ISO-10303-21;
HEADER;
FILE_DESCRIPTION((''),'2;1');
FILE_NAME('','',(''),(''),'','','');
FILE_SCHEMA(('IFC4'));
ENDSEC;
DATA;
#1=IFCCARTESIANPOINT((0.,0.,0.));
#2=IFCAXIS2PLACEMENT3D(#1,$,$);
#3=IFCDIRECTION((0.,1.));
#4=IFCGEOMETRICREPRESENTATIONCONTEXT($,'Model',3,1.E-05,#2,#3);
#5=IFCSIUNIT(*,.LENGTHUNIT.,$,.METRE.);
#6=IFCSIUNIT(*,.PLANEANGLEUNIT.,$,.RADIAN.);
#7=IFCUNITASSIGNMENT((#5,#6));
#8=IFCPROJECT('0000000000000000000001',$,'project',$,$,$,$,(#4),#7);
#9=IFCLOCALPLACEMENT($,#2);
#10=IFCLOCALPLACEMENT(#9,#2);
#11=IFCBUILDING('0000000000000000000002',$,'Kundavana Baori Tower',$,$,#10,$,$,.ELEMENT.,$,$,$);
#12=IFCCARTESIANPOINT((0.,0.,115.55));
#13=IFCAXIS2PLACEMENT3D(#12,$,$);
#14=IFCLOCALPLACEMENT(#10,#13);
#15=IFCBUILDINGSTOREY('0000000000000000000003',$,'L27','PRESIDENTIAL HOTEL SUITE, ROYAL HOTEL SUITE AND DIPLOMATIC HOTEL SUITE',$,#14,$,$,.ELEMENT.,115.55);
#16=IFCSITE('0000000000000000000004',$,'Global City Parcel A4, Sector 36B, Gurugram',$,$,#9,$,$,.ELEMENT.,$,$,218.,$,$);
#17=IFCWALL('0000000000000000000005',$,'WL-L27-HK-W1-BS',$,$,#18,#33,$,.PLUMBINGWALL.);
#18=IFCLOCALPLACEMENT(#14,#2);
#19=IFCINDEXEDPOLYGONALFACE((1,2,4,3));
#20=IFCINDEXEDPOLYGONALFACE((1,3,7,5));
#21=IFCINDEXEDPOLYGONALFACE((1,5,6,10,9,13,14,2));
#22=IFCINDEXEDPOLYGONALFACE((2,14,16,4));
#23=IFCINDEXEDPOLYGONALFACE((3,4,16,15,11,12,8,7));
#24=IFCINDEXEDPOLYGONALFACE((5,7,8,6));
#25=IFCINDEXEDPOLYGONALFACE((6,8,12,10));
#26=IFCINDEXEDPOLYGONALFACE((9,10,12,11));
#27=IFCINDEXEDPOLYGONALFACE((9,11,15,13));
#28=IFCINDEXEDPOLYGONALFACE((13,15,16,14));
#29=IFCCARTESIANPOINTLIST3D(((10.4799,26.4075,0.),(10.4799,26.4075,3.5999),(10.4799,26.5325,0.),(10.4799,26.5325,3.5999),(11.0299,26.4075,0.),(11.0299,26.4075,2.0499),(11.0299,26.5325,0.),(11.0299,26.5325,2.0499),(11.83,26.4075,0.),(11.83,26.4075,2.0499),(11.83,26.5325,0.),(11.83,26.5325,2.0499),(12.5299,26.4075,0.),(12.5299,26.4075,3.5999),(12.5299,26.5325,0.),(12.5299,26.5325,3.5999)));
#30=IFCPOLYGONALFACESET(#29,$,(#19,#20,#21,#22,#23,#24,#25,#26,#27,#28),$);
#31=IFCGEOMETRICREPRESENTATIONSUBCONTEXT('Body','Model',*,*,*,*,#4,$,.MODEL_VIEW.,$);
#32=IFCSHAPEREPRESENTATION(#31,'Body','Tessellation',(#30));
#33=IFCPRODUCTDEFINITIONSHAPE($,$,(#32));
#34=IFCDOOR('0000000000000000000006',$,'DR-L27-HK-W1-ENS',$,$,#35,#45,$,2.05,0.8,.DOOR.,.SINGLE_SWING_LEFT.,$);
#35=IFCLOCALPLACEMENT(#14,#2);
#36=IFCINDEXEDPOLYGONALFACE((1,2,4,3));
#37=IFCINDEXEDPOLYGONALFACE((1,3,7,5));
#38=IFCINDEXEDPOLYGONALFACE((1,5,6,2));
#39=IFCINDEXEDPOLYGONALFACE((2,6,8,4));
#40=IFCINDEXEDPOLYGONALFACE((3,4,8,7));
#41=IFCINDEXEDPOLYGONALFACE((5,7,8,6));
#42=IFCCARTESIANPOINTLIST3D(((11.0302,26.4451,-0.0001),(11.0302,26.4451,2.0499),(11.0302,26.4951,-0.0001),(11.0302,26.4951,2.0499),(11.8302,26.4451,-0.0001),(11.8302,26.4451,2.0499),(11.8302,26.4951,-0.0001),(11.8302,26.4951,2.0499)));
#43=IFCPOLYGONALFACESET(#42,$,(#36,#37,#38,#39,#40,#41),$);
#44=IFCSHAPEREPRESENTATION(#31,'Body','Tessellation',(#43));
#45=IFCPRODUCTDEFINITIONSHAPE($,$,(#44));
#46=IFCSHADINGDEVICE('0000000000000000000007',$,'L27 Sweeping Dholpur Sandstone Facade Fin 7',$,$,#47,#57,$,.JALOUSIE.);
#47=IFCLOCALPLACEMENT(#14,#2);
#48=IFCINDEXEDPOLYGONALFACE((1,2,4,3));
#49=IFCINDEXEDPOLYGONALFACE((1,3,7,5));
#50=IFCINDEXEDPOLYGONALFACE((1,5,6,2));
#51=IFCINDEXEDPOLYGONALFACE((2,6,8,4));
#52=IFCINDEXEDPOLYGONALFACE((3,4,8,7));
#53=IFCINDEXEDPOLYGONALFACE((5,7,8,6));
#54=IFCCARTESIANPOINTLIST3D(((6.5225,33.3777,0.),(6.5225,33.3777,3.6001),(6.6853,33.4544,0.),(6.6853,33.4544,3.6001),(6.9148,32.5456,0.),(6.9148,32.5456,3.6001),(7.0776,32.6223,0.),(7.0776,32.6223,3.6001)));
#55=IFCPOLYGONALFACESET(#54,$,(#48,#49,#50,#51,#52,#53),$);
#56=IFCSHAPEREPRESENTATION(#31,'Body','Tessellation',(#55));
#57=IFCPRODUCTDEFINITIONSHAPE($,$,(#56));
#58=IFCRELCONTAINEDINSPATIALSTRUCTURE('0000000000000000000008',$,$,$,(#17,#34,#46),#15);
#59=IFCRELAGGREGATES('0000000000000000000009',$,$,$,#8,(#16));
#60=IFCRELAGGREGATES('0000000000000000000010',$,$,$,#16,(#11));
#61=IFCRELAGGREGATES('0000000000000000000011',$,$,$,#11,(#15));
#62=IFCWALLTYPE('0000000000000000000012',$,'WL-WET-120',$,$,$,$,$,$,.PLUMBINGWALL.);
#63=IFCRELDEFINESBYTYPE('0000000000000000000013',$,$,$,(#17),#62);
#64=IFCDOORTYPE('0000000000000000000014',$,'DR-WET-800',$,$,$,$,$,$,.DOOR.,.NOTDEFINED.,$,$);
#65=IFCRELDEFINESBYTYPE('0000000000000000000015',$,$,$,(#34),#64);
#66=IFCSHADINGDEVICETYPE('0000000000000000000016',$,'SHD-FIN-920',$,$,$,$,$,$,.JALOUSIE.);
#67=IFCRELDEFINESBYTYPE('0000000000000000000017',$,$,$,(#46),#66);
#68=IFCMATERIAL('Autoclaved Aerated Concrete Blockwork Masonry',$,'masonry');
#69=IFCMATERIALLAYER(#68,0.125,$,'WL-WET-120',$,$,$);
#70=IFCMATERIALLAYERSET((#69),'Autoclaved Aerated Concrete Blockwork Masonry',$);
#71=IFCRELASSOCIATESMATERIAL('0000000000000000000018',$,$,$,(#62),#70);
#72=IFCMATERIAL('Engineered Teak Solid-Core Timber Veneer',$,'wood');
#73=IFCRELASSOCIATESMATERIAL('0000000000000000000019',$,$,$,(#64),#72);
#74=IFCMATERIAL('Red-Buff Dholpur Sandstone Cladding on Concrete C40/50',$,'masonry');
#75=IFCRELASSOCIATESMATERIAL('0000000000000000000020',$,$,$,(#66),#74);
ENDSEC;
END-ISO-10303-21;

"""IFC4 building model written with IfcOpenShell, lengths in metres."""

from ifc_helpers import new_model, si_unit, direction, frame, frame_2d, origin, origin_2d, place, context, subcontext, project, spatial, rectangle, extrude, material, layer, layer_set, type_object, element, fill, save


model = new_model("IFC4")

# Units and contexts
model_context = context("Model", 3, precision=1e-05, world=origin(), true_north=direction((0.0, 1.0)))
body_context = subcontext(model_context, "Body", "Model", "MODEL_VIEW")
ifc_project = project(units=[si_unit("LENGTHUNIT", "METRE"), si_unit("PLANEANGLEUNIT", "RADIAN")], contexts=[model_context])

# Site, building, storey
site_placement = place(None, origin())
site = spatial("IfcSite", under=ifc_project, at=site_placement, Name="Global City Parcel A4, Sector 36B, Gurugram", CompositionType="ELEMENT", RefElevation=218.0)
building_placement = place(site_placement, origin())
building = spatial("IfcBuilding", under=site, at=building_placement, Name="Kundavana Baori Tower", CompositionType="ELEMENT")
storey_placement = place(building_placement, frame((0.0, 0.0, 115.55)))
storey = spatial("IfcBuildingStorey", under=building, at=storey_placement, Name="L27", Description="PRESIDENTIAL HOTEL SUITE, ROYAL HOTEL SUITE AND DIPLOMATIC HOTEL SUITE", CompositionType="ELEMENT", Elevation=115.55)

# Shared definitions
ifc_material_1 = material(Name="Autoclaved Aerated Concrete Blockwork Masonry", Category="masonry")
ifc_layer_1 = layer(ifc_material_1, 0.125, Name="WL-WET-120")
ifc_layer_set_1 = layer_set([ifc_layer_1], Name="Autoclaved Aerated Concrete Blockwork Masonry")
wall_type_1 = type_object("IfcWallType", Name="WL-WET-120", PredefinedType="PLUMBINGWALL", material=ifc_layer_set_1)

# Wall, opening, door
wall_1_placement = place(storey_placement, frame((10.48, 26.47, 0.0), z_axis=(0.0, 0.0, 1.0), x_axis=(1.0, 0.0, 0.0)))
wall_1 = element("IfcWall", 1, at=wall_1_placement, inside=storey, type_object=wall_type_1, Name="WL-L27-HK-W1-BS", PredefinedType="PLUMBINGWALL", context=body_context, shape_type="SweptSolid", body=[
    extrude(rectangle(XDim=2.05, YDim=0.125, at=frame_2d((1.0249, 0.0))), origin(), (0.0, 0.0, 1.0), 3.5999),
])
opening_1_placement = place(wall_1_placement, frame((0.55, 0.0, 0.0)))
opening_1 = element("IfcOpeningElement", 2, at=opening_1_placement, cuts=wall_1, PredefinedType="OPENING", context=body_context, shape_type="SweptSolid", body=[
    extrude(rectangle(XDim=0.8, YDim=2.05, at=frame_2d((0.3999, 1.0249))), frame((0.0, 0.0725, 0.0), z_axis=(0.0, -1.0, 0.0), x_axis=(1.0, 0.0, 0.0)), (0.0, 0.0, 1.0), 0.145),
])
ifc_material_2 = material(Name="Engineered Teak Solid-Core Timber Veneer", Category="wood")
door_type_1 = type_object("IfcDoorType", Name="DR-WET-800", OperationType="NOTDEFINED", PredefinedType="DOOR", material=ifc_material_2)
door_1_placement = place(opening_1_placement, frame((0.8, 0.0, 0.0), z_axis=(0.0, 0.0, 1.0), x_axis=(-1.0, 0.0, 0.0)))
door_1 = element("IfcDoor", 3, at=door_1_placement, inside=storey, type_object=door_type_1, Name="DR-L27-HK-W1-ENS", OperationType="SINGLE_SWING_LEFT", OverallHeight=2.05, OverallWidth=0.8, PredefinedType="DOOR", context=body_context, shape_type="SweptSolid", body=[
    extrude(rectangle(XDim=0.8, YDim=2.05, at=frame_2d((0.3999, 1.0249))), frame((0.0, 0.0249, 0.0), z_axis=(0.0, -1.0, 0.0), x_axis=(1.0, 0.0, 0.0)), (0.0, 0.0, 1.0), 0.05),
])
fill(opening_1, door_1)

# Shading device
ifc_material_3 = material(Name="Red-Buff Dholpur Sandstone Cladding on Concrete C40/50", Category="masonry")
shading_device_type = type_object("IfcShadingDeviceType", Name="SHD-FIN-920", PredefinedType="JALOUSIE", material=ifc_material_3)
shading_device_placement = place(storey_placement, frame((6.8, 33.0, 0.0), z_axis=(0.0, 0.0, 1.0), x_axis=(0.90453, 0.426411, 0.0)))
element("IfcShadingDevice", 4, at=shading_device_placement, inside=storey, type_object=shading_device_type, Name="L27 Sweeping Dholpur Sandstone Facade Fin 7", PredefinedType="JALOUSIE", context=body_context, shape_type="SweptSolid", body=[
    extrude(rectangle(XDim=0.1799, YDim=0.9199, at=origin_2d()), origin(), (0.0, 0.0, 1.0), 3.6001),
])

save(model, "model.ifc")
